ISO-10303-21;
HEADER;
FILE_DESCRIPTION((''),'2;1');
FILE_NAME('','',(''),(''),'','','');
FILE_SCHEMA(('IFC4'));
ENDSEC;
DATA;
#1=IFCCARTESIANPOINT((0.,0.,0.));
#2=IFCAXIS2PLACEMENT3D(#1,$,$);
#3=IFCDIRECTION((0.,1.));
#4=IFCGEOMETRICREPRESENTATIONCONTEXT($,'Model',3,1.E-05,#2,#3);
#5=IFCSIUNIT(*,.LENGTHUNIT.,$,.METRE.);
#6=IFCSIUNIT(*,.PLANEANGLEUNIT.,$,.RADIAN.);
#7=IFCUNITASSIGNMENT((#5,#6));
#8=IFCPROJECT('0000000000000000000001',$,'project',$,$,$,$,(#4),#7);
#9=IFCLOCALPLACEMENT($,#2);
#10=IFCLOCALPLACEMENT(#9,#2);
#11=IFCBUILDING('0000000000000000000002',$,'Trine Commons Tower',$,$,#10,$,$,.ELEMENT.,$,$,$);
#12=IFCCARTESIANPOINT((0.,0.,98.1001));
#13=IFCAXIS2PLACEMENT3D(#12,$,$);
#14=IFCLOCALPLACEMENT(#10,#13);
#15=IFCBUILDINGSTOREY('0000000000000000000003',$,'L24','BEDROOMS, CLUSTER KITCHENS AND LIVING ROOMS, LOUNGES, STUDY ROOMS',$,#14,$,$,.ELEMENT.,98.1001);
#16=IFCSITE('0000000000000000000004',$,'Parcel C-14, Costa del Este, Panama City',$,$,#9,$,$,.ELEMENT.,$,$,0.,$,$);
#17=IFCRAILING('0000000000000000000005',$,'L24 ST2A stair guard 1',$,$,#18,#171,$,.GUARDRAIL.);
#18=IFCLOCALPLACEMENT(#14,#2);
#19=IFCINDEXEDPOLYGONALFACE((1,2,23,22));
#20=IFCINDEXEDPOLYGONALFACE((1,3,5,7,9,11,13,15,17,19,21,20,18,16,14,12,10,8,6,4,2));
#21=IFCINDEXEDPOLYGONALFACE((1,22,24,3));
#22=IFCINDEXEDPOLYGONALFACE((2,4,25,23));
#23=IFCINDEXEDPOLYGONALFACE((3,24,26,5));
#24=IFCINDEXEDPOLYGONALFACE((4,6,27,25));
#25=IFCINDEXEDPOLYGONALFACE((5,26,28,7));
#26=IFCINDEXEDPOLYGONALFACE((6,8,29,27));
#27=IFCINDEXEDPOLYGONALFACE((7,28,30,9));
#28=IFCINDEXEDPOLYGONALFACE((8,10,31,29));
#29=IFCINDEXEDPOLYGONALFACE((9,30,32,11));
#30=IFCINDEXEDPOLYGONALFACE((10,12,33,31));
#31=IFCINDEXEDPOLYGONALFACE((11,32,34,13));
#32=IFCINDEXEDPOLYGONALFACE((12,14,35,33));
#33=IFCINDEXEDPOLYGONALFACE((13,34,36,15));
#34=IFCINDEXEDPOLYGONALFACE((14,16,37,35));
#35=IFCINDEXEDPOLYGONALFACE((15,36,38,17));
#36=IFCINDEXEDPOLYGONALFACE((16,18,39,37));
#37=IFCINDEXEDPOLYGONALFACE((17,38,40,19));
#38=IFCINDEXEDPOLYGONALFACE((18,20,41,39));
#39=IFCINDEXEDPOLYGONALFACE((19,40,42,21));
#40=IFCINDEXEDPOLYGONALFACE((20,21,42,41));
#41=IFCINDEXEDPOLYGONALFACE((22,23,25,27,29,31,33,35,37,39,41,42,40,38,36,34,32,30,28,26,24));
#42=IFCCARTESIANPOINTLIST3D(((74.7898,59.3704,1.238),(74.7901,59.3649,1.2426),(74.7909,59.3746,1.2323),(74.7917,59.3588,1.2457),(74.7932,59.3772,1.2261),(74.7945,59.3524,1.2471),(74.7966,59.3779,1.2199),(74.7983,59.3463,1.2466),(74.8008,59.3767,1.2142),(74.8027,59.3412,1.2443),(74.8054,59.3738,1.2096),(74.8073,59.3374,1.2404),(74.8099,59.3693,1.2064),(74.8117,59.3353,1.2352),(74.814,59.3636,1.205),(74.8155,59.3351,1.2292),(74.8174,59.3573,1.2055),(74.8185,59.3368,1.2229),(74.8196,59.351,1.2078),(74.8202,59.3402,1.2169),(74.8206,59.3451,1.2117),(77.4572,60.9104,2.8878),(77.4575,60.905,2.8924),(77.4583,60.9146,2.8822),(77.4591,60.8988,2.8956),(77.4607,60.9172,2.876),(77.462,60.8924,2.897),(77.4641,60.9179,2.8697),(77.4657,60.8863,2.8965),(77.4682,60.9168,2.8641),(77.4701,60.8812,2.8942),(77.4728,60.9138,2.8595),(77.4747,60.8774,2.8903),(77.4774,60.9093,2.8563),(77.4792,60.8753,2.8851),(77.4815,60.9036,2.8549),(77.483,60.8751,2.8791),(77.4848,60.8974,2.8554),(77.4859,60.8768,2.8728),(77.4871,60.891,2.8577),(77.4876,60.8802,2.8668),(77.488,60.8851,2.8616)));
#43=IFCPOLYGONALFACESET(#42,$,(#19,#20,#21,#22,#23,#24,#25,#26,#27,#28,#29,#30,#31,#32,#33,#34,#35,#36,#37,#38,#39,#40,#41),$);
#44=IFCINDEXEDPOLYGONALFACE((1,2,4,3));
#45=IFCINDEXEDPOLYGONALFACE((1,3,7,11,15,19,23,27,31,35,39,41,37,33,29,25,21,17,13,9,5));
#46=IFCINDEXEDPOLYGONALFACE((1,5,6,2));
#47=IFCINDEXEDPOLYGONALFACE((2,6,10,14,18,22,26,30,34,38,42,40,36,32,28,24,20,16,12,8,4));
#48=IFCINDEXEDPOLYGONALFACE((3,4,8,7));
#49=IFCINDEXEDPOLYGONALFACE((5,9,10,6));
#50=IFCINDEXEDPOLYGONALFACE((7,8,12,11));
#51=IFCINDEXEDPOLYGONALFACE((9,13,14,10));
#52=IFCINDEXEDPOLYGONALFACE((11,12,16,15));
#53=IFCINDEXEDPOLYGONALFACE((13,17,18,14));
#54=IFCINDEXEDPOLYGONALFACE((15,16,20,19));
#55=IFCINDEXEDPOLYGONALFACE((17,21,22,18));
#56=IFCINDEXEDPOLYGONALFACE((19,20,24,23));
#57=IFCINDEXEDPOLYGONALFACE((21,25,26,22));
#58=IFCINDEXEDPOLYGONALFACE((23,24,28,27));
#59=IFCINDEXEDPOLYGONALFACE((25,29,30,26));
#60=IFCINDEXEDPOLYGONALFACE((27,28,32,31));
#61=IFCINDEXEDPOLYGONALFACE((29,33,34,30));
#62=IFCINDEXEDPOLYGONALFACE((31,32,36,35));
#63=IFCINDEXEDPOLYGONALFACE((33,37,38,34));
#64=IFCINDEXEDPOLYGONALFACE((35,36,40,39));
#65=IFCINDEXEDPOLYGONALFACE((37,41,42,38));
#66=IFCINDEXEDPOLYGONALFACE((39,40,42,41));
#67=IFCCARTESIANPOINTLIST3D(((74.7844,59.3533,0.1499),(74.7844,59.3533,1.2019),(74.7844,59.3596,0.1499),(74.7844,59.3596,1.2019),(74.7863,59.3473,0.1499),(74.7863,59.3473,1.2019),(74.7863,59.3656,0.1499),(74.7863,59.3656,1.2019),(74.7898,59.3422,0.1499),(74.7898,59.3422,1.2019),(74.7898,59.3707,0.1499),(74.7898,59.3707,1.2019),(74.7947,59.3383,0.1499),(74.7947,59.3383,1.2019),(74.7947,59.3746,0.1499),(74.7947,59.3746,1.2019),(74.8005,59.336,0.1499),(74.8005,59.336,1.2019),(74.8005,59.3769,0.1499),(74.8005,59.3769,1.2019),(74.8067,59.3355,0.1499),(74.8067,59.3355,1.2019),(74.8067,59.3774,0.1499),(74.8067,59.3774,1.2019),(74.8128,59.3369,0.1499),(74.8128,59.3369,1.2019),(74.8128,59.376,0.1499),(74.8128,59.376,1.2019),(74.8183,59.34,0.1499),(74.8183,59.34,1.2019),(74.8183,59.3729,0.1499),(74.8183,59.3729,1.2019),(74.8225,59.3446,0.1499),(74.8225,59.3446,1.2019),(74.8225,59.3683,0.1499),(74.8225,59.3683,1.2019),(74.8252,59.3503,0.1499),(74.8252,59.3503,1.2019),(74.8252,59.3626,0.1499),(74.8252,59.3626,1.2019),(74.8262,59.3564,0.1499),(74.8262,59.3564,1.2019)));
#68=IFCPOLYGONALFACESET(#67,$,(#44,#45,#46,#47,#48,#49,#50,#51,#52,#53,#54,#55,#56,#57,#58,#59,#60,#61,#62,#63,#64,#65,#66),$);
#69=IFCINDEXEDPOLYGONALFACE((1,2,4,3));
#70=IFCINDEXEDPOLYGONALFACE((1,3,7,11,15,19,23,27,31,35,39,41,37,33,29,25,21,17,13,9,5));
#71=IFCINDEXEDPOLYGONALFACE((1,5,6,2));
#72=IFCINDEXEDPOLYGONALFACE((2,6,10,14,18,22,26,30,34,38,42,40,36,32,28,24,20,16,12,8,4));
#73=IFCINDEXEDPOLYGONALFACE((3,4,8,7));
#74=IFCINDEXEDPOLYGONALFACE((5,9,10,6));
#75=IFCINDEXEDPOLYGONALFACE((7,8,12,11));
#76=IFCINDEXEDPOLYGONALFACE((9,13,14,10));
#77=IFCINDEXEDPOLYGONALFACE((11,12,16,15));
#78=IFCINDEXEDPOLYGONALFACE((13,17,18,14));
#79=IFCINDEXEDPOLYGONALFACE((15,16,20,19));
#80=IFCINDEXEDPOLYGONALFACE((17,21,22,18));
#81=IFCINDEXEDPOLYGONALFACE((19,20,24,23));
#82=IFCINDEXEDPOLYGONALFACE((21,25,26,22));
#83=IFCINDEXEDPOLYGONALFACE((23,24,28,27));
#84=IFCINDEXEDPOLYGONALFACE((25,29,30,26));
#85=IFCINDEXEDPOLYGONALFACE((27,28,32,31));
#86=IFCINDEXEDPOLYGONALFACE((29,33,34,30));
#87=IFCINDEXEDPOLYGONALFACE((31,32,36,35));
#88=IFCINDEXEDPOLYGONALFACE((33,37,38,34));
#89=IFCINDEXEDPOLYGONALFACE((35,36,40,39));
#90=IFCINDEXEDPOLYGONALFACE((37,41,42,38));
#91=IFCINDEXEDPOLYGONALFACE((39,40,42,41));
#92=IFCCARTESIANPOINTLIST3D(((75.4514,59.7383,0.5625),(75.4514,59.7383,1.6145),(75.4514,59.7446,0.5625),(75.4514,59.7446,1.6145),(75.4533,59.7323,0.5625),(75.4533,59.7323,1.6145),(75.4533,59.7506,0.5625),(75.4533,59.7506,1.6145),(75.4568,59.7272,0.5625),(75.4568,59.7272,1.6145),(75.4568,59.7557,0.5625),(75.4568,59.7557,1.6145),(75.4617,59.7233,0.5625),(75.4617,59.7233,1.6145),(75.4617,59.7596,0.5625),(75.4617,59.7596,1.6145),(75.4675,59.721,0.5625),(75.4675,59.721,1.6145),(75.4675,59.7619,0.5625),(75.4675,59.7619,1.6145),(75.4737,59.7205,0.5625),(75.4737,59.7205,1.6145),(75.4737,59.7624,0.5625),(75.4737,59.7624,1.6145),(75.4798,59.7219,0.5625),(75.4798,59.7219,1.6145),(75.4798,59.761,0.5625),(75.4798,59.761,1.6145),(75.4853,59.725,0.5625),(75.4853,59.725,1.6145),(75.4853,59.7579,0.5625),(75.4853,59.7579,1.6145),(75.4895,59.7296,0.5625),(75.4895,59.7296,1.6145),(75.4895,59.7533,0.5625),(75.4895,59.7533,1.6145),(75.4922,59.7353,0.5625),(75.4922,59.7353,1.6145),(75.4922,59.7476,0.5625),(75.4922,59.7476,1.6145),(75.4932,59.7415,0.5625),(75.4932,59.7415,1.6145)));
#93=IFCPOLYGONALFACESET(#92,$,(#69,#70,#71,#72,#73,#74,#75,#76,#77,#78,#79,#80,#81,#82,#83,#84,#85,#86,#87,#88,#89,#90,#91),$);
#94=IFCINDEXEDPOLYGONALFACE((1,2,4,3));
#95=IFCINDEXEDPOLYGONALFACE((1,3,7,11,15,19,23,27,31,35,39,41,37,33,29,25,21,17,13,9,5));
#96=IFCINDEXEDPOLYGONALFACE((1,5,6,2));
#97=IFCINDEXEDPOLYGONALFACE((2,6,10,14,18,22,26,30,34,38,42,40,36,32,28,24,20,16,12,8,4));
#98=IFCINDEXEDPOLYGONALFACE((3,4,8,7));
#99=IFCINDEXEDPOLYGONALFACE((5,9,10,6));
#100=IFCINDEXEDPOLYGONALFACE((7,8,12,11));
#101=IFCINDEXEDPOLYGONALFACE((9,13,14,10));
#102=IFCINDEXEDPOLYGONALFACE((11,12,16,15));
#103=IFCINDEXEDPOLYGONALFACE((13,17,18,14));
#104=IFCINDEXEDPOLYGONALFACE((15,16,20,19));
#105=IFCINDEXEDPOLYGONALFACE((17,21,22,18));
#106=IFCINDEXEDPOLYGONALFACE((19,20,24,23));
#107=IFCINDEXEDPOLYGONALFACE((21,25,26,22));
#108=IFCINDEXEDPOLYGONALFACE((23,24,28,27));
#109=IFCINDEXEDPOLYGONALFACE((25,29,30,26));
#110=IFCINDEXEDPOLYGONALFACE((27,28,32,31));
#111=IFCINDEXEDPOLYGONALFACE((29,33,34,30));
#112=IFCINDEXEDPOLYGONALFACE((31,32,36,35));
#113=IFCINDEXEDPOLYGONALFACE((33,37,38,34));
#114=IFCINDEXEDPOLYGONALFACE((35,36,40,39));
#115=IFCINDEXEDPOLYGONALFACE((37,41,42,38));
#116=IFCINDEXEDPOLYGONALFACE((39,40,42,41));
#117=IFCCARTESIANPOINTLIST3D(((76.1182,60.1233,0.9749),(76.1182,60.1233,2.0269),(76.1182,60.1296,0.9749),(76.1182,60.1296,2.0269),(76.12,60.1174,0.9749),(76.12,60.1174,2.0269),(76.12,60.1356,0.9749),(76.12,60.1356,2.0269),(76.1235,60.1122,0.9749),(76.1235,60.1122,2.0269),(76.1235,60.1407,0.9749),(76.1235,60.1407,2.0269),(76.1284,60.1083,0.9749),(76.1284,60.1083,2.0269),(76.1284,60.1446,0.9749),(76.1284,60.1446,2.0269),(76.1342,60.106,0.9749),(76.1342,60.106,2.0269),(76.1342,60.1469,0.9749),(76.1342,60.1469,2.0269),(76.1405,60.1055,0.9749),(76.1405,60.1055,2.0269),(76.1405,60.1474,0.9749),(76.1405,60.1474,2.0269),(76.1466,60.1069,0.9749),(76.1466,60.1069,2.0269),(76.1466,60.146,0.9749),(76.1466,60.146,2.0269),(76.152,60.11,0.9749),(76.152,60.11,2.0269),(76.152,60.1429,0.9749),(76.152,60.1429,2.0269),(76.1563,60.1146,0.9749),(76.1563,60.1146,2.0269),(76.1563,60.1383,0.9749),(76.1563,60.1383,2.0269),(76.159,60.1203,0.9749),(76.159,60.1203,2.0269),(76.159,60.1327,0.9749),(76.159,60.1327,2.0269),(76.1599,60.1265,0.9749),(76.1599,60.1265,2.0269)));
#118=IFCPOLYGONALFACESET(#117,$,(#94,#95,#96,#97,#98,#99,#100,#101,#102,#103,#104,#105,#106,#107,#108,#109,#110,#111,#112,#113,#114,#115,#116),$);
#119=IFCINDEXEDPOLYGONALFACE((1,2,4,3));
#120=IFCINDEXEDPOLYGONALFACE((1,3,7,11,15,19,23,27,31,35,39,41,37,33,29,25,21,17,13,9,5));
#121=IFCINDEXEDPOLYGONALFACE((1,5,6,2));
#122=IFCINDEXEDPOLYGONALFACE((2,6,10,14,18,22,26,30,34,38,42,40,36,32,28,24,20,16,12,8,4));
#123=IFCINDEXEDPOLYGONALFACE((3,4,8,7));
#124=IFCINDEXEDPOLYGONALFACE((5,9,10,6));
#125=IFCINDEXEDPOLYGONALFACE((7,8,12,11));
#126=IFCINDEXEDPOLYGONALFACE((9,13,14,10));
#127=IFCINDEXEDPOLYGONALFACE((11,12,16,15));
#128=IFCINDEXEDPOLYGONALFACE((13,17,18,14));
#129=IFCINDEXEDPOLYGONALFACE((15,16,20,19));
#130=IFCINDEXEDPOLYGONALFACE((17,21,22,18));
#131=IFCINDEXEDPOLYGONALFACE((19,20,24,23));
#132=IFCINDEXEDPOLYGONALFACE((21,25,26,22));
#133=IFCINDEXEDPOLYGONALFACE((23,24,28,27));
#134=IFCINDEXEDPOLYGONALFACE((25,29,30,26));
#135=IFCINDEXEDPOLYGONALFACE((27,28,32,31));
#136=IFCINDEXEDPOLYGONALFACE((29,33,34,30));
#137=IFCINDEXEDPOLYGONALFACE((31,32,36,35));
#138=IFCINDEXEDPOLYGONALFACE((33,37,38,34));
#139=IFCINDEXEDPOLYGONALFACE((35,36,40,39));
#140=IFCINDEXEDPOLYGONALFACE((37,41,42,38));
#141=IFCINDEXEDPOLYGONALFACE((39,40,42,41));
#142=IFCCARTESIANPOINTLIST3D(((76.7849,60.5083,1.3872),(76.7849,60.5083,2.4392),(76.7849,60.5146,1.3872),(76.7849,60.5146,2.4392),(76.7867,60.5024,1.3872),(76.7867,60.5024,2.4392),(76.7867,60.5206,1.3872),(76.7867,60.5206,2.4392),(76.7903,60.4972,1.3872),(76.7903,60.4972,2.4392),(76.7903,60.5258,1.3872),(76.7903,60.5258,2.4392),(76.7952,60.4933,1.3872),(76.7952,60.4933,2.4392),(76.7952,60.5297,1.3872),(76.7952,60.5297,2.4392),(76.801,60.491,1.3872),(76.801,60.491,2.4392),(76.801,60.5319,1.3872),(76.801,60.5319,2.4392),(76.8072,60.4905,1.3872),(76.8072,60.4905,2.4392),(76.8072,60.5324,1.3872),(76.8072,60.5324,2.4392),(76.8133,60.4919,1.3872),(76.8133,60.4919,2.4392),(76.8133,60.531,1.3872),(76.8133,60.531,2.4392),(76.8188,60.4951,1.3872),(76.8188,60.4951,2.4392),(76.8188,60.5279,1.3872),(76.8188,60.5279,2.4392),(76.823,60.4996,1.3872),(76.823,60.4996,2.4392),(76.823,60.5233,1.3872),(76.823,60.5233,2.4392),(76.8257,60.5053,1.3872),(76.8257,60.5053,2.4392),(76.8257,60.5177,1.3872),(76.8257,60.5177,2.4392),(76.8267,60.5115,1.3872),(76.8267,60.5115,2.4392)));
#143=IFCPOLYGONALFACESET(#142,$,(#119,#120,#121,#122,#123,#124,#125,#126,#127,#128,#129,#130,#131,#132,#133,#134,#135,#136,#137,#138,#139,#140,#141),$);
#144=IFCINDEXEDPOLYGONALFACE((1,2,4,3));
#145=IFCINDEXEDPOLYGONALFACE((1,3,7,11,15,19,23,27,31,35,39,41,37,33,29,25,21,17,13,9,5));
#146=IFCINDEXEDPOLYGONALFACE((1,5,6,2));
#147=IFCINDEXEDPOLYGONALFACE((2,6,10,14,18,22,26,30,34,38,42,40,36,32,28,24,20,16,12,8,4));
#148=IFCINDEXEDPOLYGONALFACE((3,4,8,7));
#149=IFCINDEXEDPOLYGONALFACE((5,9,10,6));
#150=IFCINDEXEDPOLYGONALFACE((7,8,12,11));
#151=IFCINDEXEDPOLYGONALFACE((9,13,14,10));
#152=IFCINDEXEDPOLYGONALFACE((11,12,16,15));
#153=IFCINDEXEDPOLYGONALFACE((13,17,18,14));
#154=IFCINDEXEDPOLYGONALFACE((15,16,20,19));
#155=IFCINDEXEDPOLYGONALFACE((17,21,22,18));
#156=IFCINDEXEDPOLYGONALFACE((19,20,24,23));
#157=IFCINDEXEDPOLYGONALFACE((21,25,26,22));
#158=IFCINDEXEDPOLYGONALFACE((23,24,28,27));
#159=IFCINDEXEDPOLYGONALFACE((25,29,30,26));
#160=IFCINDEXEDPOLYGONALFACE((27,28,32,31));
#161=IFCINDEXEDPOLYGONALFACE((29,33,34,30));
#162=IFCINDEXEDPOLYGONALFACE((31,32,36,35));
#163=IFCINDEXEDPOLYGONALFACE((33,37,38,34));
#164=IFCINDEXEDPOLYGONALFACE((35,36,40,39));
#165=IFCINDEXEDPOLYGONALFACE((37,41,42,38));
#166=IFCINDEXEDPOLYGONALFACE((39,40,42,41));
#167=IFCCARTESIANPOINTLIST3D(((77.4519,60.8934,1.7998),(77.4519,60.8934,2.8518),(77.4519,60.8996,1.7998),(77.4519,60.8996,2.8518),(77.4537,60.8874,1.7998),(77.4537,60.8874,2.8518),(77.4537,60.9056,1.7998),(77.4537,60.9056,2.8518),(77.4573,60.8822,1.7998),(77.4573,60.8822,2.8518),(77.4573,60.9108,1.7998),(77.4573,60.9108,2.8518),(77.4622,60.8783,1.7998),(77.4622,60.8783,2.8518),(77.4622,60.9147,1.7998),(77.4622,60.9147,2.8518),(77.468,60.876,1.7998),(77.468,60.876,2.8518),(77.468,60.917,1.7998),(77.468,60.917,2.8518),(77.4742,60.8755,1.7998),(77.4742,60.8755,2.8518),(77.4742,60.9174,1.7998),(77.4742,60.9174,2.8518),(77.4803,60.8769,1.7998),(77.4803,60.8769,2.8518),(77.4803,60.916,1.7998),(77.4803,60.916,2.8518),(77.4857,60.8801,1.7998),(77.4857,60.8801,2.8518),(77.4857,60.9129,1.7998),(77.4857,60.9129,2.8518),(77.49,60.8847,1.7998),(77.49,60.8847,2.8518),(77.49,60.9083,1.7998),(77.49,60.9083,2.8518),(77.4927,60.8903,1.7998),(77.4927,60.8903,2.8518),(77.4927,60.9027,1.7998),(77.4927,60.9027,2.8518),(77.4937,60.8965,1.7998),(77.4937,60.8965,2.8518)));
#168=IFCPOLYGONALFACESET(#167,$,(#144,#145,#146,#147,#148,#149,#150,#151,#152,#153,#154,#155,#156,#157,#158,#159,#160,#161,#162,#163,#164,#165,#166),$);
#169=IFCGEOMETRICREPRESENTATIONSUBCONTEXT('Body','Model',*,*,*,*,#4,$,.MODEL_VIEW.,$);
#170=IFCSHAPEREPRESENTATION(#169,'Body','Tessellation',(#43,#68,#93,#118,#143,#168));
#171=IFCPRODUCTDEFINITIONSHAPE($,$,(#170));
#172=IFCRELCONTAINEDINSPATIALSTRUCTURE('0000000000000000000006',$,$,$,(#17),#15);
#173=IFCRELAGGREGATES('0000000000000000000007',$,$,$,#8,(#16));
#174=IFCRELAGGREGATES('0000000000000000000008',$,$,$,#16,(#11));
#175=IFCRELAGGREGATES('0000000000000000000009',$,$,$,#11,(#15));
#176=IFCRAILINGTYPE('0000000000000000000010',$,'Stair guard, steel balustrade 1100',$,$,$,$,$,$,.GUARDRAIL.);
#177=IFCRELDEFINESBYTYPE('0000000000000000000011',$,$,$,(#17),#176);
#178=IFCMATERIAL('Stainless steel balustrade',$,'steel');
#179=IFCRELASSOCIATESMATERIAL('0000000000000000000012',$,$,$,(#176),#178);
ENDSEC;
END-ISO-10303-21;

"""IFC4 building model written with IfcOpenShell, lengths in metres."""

from ifc_helpers import new_model, si_unit, direction, frame, origin, origin_2d, place, context, subcontext, project, spatial, circle, extrude, material, type_object, element, save


model = new_model("IFC4")

# Units and contexts
model_context = context("Model", 3, precision=1e-05, world=origin(), true_north=direction((0.0, 1.0)))
body_context = subcontext(model_context, "Body", "Model", "MODEL_VIEW")
ifc_project = project(units=[si_unit("LENGTHUNIT", "METRE"), si_unit("PLANEANGLEUNIT", "RADIAN")], contexts=[model_context])

# Site, building, storey
site_placement = place(None, origin())
site = spatial("IfcSite", under=ifc_project, at=site_placement, Name="Parcel C-14, Costa del Este, Panama City", CompositionType="ELEMENT", RefElevation=0.0)
building_placement = place(site_placement, origin())
building = spatial("IfcBuilding", under=site, at=building_placement, Name="Trine Commons Tower", CompositionType="ELEMENT")
storey_placement = place(building_placement, frame((0.0, 0.0, 98.1001)))
storey = spatial("IfcBuildingStorey", under=building, at=storey_placement, Name="L24", Description="BEDROOMS, CLUSTER KITCHENS AND LIVING ROOMS, LOUNGES, STUDY ROOMS", CompositionType="ELEMENT", Elevation=98.1001)

# Railing
ifc_material_1 = material(Name="Stainless steel balustrade", Category="steel")
railing_type = type_object("IfcRailingType", Name="Stair guard, steel balustrade 1100", PredefinedType="GUARDRAIL", material=ifc_material_1)
railing_1_placement = place(storey_placement, frame((74.8052, 59.3564, 0.1499)))
element("IfcRailing", 1, at=railing_1_placement, inside=storey, type_object=railing_type, Name="L24 ST2A stair guard 1", PredefinedType="GUARDRAIL", context=body_context, shape_type="SweptSolid", body=[
    extrude(circle(Radius=0.0239, at=origin_2d()), frame((0.0, 0.0, 1.0762), z_axis=(0.763405, 0.440743, 0.472185), x_axis=(-0.499992, 0.86603, 0.0)), (0.0, 0.0, 1.0), 3.4941),
    extrude(circle(Radius=0.021, at=origin_2d()), origin(), (0.0, 0.0, 1.0), 1.052),
    extrude(circle(Radius=0.021, at=origin_2d()), frame((0.667, 0.385, 0.4126)), (0.0, 0.0, 1.0), 1.052),
    extrude(circle(Radius=0.021, at=origin_2d()), frame((1.3337, 0.77, 0.825)), (0.0, 0.0, 1.0), 1.052),
    extrude(circle(Radius=0.021, at=origin_2d()), frame((2.0005, 1.155, 1.2373)), (0.0, 0.0, 1.0), 1.052),
    extrude(circle(Radius=0.021, at=origin_2d()), frame((2.6675, 1.54, 1.6499)), (0.0, 0.0, 1.0), 1.052),
])

save(model, "model.ifc")
